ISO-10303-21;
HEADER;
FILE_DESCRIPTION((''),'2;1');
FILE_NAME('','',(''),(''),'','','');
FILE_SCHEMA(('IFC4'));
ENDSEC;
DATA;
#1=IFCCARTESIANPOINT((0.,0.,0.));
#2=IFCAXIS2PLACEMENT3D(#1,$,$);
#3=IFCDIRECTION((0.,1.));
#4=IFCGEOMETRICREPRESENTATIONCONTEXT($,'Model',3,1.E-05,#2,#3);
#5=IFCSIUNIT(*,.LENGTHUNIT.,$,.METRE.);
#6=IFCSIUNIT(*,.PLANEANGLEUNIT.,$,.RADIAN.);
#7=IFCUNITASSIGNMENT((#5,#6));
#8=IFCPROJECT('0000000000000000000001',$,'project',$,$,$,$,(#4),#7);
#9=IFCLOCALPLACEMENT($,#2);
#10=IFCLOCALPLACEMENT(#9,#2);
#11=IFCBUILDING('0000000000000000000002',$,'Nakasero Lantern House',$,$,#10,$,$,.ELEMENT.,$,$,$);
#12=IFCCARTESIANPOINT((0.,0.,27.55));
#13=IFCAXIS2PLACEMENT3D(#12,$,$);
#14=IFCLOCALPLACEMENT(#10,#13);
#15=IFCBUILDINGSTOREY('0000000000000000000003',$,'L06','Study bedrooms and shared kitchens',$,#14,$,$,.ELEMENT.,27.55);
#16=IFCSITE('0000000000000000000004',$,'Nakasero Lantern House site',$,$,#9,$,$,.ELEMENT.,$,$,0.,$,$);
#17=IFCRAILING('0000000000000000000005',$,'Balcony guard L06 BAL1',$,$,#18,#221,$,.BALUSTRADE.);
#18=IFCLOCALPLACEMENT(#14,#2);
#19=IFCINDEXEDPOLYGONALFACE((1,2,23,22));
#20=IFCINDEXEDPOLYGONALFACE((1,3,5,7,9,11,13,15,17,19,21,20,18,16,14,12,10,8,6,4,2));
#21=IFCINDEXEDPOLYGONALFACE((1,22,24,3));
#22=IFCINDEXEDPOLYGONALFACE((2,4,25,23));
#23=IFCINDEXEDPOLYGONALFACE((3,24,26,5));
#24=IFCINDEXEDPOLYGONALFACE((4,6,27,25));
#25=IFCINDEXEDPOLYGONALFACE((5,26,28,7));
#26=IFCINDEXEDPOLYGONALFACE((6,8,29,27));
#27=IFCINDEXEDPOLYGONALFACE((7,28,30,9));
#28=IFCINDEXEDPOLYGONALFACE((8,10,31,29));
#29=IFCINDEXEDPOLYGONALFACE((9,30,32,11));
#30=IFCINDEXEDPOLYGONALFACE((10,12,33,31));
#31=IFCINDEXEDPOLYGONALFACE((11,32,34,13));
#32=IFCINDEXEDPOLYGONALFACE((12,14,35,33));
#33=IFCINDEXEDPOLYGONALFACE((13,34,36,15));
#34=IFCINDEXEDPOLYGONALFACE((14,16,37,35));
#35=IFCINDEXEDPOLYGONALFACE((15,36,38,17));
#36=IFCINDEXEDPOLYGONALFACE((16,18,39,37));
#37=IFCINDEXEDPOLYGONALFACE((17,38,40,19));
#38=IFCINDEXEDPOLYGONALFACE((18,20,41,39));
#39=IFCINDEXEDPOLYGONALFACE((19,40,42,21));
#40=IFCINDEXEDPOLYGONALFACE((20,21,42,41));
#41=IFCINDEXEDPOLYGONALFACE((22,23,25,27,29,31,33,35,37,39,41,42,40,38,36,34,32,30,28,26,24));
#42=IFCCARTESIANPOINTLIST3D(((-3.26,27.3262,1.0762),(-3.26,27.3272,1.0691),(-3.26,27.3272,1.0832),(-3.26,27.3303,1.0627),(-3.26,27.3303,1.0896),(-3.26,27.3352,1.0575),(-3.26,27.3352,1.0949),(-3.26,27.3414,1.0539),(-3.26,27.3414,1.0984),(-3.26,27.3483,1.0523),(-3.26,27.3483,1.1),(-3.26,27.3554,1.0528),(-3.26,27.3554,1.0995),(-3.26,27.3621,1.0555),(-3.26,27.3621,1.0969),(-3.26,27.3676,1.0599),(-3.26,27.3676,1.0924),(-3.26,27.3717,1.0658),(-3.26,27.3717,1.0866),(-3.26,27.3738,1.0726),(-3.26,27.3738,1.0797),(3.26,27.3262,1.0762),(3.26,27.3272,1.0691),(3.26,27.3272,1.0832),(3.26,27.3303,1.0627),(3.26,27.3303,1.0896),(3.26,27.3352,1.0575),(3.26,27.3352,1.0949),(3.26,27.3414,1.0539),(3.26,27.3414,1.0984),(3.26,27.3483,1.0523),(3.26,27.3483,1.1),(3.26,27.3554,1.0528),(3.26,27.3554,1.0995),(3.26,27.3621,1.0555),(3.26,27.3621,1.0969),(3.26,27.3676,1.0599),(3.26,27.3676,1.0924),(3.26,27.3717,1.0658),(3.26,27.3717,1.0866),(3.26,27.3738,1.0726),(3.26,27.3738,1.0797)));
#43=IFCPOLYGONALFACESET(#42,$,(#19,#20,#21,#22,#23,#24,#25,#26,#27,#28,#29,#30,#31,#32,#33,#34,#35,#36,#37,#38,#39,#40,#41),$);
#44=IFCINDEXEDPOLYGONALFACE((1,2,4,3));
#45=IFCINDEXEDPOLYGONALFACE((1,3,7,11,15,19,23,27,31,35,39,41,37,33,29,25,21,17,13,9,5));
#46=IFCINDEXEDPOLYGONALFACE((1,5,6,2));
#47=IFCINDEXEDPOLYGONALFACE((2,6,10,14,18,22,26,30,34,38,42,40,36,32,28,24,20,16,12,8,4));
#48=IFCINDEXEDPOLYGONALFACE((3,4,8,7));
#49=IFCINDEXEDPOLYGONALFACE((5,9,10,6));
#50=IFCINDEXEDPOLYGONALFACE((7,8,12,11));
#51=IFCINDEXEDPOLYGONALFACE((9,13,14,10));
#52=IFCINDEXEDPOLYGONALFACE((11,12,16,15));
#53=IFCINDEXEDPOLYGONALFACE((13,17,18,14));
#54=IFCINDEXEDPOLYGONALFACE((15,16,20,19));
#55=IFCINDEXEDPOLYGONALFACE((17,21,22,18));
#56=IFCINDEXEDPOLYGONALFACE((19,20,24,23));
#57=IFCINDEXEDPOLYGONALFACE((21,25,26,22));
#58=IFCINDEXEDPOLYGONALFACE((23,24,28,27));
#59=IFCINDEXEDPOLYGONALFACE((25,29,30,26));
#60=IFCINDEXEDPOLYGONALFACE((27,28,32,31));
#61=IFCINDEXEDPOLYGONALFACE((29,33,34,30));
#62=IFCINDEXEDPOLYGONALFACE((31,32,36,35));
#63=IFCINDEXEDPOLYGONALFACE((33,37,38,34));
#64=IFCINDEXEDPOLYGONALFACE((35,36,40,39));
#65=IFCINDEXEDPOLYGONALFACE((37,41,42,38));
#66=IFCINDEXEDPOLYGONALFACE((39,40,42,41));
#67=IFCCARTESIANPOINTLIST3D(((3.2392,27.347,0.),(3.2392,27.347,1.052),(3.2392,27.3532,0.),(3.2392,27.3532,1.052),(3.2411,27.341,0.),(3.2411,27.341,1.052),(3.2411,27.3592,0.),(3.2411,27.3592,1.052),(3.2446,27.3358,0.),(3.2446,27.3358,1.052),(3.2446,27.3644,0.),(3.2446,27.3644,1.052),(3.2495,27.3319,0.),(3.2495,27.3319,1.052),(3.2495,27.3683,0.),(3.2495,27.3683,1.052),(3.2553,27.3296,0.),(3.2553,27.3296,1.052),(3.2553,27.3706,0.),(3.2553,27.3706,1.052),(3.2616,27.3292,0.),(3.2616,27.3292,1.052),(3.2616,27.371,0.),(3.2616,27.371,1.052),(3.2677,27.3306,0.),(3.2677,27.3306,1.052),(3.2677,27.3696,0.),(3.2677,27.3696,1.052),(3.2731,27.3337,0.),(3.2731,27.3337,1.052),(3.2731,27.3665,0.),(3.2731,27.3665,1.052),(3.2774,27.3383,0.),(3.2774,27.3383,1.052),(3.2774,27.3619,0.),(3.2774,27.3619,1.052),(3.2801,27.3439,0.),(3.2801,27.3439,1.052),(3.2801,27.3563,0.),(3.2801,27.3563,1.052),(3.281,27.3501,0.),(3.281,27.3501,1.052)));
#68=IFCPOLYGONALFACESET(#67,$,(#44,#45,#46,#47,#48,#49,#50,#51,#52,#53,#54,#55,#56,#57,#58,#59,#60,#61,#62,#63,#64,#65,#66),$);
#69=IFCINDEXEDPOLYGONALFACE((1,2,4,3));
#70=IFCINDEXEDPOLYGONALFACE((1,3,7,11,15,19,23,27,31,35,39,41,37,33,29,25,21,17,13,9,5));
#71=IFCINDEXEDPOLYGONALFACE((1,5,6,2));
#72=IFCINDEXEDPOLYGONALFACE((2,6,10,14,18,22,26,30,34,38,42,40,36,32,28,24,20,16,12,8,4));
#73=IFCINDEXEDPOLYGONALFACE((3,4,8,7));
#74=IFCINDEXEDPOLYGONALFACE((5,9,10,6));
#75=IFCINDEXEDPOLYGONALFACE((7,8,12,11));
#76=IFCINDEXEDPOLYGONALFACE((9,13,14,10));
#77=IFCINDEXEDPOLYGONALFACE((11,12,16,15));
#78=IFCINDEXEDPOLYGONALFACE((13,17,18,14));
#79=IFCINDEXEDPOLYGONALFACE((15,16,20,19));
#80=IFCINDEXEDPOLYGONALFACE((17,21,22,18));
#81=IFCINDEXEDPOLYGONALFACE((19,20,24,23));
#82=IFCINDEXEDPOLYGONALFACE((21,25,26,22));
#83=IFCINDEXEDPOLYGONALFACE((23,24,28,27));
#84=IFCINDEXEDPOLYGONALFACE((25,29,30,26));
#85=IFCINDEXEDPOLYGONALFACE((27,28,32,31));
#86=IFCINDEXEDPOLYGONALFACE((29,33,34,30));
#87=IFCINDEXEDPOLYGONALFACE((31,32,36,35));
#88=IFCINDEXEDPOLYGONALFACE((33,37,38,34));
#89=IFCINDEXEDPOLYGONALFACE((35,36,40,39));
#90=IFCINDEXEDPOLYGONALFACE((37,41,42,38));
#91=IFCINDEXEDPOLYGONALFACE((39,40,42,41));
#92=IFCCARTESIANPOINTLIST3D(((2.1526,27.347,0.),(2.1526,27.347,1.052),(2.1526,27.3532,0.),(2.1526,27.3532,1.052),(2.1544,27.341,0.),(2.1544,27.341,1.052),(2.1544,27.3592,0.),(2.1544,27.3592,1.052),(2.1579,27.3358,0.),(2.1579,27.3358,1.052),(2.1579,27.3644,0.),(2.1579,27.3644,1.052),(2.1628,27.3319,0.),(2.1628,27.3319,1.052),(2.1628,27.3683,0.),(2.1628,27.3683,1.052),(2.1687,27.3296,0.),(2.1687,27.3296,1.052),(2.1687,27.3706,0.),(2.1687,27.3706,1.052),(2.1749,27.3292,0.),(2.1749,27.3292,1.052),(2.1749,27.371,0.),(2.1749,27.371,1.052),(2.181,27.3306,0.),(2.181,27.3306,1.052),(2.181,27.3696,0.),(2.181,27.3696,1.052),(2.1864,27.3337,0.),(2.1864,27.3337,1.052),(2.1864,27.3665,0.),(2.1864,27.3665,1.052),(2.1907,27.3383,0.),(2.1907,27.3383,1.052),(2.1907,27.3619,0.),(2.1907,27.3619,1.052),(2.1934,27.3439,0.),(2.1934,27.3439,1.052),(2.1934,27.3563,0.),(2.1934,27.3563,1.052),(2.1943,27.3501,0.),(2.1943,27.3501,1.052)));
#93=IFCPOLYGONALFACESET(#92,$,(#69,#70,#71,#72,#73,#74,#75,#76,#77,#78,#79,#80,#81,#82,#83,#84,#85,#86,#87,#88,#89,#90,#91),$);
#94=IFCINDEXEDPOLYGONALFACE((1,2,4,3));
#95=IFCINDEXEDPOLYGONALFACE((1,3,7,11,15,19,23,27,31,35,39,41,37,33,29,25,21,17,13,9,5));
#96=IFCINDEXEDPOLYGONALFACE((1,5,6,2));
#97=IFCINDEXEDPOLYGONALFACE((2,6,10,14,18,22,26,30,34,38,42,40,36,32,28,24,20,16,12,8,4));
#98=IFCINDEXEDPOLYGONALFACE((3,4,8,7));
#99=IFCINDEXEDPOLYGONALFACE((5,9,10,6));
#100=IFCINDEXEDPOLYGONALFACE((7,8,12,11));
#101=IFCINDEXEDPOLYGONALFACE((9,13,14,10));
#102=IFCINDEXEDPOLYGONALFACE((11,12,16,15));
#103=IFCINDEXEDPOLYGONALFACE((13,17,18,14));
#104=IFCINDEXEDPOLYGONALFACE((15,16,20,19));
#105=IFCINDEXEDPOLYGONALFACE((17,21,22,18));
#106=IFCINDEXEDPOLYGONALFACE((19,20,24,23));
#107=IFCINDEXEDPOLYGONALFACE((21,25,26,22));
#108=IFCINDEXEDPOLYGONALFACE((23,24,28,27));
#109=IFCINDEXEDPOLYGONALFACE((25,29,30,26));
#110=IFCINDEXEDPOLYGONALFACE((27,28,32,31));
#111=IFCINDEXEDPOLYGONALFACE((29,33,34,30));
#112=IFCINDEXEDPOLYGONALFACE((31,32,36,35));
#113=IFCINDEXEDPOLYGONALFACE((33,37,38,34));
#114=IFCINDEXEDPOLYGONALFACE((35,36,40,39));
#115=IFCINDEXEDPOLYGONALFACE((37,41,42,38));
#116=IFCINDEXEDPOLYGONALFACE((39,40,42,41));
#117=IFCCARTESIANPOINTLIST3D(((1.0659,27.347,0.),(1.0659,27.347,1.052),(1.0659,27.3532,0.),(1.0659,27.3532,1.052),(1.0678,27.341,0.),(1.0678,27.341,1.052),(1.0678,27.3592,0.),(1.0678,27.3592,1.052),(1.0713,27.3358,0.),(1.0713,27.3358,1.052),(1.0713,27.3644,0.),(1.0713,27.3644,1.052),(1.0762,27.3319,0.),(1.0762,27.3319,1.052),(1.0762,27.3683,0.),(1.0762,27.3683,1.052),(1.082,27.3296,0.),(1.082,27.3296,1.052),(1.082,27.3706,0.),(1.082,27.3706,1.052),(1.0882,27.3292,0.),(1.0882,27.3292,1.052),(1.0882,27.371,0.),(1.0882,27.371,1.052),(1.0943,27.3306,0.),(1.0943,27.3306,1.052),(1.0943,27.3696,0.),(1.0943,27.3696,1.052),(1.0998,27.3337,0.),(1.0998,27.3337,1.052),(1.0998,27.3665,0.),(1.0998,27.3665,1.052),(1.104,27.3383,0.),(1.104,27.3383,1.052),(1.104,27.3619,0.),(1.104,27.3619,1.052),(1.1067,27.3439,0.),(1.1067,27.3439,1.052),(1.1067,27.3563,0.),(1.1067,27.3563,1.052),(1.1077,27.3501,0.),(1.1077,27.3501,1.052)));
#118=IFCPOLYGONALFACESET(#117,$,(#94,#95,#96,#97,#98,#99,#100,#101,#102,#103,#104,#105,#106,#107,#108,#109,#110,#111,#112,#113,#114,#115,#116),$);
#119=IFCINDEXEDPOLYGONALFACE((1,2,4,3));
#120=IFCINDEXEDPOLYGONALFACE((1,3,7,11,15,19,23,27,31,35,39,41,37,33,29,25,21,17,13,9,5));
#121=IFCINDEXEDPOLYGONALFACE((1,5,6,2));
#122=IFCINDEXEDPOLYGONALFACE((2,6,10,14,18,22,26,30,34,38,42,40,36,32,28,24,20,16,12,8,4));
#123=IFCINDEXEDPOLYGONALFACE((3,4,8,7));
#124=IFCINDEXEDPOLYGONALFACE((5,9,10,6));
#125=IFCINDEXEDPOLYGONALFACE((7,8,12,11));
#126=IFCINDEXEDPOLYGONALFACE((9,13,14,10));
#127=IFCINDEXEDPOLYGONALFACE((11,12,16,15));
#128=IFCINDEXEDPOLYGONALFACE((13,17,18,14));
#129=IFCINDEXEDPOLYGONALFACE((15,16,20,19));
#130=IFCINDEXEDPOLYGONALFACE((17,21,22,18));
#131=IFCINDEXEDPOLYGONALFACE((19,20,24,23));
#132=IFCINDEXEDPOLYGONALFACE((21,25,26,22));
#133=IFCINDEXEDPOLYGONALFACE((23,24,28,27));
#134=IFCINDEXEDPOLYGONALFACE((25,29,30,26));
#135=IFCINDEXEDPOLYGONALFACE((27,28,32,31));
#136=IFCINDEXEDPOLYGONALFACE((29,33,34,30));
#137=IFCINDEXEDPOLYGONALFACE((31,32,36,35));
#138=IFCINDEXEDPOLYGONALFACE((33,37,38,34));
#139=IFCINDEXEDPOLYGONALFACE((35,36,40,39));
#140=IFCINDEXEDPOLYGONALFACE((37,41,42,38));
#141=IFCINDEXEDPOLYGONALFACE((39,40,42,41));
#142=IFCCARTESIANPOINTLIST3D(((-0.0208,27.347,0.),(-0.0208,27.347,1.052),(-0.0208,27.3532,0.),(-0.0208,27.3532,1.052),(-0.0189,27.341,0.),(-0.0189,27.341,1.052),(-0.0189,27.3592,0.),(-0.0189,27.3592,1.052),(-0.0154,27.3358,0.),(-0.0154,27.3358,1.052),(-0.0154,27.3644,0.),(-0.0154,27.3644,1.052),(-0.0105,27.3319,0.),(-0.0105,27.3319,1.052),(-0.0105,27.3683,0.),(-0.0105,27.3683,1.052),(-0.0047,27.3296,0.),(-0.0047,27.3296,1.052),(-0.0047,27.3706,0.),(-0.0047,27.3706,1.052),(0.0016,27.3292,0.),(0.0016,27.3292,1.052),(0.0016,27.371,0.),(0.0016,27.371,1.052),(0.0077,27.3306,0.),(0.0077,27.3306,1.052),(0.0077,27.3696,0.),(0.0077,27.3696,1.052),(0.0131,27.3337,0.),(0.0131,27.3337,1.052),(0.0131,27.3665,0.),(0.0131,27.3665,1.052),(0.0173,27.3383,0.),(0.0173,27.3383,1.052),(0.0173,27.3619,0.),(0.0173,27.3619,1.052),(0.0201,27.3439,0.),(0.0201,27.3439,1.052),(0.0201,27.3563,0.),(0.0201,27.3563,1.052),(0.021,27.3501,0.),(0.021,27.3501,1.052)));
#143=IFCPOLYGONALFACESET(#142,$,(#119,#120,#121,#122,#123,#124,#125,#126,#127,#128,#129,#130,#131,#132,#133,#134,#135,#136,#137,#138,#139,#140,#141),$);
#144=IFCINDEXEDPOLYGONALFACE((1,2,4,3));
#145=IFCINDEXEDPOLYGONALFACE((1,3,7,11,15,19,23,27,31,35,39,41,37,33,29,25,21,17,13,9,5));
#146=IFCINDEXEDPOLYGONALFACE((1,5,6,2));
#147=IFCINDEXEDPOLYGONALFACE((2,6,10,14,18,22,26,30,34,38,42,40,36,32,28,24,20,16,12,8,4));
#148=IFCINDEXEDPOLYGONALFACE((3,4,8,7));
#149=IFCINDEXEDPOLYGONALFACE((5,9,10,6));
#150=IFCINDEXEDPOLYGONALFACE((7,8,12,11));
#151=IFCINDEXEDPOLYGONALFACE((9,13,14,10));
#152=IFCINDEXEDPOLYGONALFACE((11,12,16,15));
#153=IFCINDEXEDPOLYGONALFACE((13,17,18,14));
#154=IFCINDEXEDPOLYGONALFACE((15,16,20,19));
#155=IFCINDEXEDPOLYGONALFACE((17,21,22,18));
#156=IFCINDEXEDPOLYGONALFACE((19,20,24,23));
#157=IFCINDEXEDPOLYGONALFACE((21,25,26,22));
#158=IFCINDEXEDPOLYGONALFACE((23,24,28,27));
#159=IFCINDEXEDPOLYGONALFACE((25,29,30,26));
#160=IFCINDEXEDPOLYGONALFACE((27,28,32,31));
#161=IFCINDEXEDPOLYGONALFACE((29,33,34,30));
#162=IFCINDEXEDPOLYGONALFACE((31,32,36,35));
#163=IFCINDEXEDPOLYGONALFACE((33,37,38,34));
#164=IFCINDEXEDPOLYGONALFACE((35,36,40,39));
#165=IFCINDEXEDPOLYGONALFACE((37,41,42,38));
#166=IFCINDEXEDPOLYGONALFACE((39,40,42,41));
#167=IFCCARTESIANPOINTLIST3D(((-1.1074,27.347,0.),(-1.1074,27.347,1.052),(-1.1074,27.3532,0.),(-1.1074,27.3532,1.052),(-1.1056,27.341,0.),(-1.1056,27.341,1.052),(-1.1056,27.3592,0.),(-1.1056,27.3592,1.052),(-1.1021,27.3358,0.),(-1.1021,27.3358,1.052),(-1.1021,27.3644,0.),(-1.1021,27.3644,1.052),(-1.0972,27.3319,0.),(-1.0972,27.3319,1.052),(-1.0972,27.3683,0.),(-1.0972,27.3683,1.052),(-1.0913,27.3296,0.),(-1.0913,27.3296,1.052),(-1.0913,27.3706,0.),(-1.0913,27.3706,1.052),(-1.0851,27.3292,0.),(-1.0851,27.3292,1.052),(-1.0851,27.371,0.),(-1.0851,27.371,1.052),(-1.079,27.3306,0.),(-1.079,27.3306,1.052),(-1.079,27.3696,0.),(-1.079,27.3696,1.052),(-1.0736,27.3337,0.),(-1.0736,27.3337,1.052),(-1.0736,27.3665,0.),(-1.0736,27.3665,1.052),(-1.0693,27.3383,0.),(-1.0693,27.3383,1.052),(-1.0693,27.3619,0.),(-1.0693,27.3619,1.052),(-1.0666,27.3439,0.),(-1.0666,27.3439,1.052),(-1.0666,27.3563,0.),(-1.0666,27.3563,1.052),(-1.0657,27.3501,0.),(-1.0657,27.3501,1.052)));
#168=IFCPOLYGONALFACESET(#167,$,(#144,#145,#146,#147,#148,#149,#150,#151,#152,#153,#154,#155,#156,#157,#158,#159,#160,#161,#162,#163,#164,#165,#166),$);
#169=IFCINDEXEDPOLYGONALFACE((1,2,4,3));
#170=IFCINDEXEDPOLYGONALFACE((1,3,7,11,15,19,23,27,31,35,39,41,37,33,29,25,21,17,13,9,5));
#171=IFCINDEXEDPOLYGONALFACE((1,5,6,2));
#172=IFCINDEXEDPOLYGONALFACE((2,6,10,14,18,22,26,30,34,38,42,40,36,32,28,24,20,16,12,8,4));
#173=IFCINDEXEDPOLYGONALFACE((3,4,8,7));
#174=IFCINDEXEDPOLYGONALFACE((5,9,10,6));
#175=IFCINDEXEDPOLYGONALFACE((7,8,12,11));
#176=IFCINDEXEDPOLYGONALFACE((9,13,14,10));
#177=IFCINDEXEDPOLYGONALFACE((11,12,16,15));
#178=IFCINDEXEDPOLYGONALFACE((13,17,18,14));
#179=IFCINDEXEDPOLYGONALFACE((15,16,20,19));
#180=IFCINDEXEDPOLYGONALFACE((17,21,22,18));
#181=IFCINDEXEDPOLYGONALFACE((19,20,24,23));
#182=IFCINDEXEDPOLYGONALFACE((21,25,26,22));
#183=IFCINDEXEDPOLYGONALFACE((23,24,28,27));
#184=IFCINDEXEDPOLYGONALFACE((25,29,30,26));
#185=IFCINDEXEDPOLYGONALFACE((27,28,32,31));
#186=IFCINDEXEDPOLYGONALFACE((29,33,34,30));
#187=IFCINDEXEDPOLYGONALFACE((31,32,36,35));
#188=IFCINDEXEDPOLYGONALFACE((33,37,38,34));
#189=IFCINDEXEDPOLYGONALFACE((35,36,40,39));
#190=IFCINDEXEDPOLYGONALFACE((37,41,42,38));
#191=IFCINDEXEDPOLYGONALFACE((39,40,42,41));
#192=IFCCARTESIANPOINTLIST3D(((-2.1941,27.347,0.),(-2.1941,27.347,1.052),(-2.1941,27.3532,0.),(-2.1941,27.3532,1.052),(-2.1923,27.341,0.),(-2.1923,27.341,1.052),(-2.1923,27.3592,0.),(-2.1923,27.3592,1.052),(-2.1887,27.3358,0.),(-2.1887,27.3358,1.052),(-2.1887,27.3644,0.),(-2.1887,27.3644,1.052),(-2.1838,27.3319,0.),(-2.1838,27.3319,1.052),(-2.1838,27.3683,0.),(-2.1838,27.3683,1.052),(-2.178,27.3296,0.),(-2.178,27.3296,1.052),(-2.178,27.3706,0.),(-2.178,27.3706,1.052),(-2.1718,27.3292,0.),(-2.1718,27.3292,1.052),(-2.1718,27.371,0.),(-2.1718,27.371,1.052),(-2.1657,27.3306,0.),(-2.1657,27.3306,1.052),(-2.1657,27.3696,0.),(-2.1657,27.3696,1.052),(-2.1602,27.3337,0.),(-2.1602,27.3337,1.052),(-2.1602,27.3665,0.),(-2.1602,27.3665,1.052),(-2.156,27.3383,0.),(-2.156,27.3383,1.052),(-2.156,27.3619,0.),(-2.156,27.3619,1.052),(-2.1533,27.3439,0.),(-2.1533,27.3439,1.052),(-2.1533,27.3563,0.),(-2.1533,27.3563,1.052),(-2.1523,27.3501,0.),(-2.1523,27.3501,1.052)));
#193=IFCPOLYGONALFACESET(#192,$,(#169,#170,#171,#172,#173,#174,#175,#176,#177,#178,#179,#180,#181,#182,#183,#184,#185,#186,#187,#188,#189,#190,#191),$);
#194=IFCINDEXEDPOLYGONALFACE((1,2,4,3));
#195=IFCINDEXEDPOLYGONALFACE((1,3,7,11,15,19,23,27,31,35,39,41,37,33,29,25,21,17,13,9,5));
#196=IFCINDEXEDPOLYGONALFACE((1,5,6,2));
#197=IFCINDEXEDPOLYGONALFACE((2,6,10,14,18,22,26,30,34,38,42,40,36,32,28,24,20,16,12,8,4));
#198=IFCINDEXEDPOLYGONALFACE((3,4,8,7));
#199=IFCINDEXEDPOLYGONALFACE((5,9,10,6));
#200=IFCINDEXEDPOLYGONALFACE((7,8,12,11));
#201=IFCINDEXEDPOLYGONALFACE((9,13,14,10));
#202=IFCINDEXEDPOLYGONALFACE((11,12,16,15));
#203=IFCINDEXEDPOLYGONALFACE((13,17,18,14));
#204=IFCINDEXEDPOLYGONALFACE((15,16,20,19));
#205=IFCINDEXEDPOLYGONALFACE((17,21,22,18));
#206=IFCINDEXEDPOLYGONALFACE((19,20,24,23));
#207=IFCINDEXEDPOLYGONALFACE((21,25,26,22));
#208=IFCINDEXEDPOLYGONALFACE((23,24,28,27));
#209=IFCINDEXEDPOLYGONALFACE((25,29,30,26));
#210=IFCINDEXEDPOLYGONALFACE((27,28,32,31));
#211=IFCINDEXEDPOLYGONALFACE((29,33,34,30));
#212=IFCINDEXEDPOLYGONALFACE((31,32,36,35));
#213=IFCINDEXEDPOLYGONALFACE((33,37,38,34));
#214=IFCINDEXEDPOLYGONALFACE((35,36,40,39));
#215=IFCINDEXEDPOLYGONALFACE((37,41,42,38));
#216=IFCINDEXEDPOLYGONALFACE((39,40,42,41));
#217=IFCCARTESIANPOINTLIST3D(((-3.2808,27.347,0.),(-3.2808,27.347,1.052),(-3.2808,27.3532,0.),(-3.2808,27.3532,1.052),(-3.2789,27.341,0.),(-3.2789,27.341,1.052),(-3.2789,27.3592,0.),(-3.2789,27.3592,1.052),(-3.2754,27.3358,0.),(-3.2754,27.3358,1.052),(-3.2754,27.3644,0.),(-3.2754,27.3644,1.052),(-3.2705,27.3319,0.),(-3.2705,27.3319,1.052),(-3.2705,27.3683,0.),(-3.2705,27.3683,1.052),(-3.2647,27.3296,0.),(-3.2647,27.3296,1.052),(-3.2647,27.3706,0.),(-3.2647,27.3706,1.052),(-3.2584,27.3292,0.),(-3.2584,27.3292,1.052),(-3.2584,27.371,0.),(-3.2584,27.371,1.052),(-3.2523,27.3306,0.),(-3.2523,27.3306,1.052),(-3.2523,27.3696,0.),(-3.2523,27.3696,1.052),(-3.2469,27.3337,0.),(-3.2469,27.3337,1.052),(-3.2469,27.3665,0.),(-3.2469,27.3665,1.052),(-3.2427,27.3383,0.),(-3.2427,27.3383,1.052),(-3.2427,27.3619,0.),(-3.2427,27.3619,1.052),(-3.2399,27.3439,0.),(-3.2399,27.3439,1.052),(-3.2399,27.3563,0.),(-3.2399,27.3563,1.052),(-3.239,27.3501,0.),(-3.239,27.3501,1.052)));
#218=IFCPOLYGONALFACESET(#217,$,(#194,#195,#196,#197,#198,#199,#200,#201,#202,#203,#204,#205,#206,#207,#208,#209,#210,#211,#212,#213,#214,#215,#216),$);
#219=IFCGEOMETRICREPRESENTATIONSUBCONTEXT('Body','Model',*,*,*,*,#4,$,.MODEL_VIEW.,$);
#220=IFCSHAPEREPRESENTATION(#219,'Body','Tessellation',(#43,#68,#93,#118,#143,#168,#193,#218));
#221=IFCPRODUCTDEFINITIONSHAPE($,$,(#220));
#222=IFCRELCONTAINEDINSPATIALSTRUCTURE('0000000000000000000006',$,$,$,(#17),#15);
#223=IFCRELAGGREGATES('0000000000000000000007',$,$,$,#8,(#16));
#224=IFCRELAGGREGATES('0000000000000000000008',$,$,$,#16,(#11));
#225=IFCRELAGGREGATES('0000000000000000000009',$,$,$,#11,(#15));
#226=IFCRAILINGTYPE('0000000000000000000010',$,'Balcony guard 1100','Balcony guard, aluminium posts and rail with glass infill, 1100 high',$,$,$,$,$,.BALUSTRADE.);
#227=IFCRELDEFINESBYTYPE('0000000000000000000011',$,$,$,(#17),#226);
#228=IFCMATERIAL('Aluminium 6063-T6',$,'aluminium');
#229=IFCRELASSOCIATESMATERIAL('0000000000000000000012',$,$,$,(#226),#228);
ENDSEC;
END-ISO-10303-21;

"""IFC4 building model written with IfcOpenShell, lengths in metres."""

from ifc_helpers import new_model, si_unit, direction, frame, origin, origin_2d, place, context, subcontext, project, spatial, circle, extrude, material, type_object, element, save


model = new_model("IFC4")

# Units and contexts
model_context = context("Model", 3, precision=1e-05, world=origin(), true_north=direction((0.0, 1.0)))
body_context = subcontext(model_context, "Body", "Model", "MODEL_VIEW")
ifc_project = project(units=[si_unit("LENGTHUNIT", "METRE"), si_unit("PLANEANGLEUNIT", "RADIAN")], contexts=[model_context])

# Site, building, storey
site_placement = place(None, origin())
site = spatial("IfcSite", under=ifc_project, at=site_placement, Name="Nakasero Lantern House site", CompositionType="ELEMENT", RefElevation=0.0)
building_placement = place(site_placement, origin())
building = spatial("IfcBuilding", under=site, at=building_placement, Name="Nakasero Lantern House", CompositionType="ELEMENT")
storey_placement = place(building_placement, frame((0.0, 0.0, 27.55)))
storey = spatial("IfcBuildingStorey", under=building, at=storey_placement, Name="L06", Description="Study bedrooms and shared kitchens", CompositionType="ELEMENT", Elevation=27.55)

# Railing
ifc_material_1 = material(Name="Aluminium 6063-T6", Category="aluminium")
railing_type = type_object("IfcRailingType", Name="Balcony guard 1100", Description="Balcony guard, aluminium posts and rail with glass infill, 1100 high", PredefinedType="BALUSTRADE", material=ifc_material_1)
railing_placement = place(storey_placement, frame((3.26, 27.3501, 0.0)))
element("IfcRailing", 1, at=railing_placement, inside=storey, type_object=railing_type, Name="Balcony guard L06 BAL1", PredefinedType="BALUSTRADE", context=body_context, shape_type="SweptSolid", body=[
    extrude(circle(Radius=0.0239, at=origin_2d()), frame((0.0, 0.0, 1.0762), z_axis=(-1.0, 0.0, 0.0), x_axis=(0.0, -1.0, 0.0)), (0.0, 0.0, 1.0), 6.52),
    extrude(circle(Radius=0.021, at=origin_2d()), origin(), (0.0, 0.0, 1.0), 1.052),
    extrude(circle(Radius=0.021, at=origin_2d()), frame((-1.0867, 0.0, 0.0)), (0.0, 0.0, 1.0), 1.052),
    extrude(circle(Radius=0.021, at=origin_2d()), frame((-2.1733, 0.0, 0.0)), (0.0, 0.0, 1.0), 1.052),
    extrude(circle(Radius=0.021, at=origin_2d()), frame((-3.26, 0.0, 0.0)), (0.0, 0.0, 1.0), 1.052),
    extrude(circle(Radius=0.021, at=origin_2d()), frame((-4.3467, 0.0, 0.0)), (0.0, 0.0, 1.0), 1.052),
    extrude(circle(Radius=0.021, at=origin_2d()), frame((-5.4333, 0.0, 0.0)), (0.0, 0.0, 1.0), 1.052),
    extrude(circle(Radius=0.021, at=origin_2d()), frame((-6.52, 0.0, 0.0)), (0.0, 0.0, 1.0), 1.052),
])

save(model, "model.ifc")
